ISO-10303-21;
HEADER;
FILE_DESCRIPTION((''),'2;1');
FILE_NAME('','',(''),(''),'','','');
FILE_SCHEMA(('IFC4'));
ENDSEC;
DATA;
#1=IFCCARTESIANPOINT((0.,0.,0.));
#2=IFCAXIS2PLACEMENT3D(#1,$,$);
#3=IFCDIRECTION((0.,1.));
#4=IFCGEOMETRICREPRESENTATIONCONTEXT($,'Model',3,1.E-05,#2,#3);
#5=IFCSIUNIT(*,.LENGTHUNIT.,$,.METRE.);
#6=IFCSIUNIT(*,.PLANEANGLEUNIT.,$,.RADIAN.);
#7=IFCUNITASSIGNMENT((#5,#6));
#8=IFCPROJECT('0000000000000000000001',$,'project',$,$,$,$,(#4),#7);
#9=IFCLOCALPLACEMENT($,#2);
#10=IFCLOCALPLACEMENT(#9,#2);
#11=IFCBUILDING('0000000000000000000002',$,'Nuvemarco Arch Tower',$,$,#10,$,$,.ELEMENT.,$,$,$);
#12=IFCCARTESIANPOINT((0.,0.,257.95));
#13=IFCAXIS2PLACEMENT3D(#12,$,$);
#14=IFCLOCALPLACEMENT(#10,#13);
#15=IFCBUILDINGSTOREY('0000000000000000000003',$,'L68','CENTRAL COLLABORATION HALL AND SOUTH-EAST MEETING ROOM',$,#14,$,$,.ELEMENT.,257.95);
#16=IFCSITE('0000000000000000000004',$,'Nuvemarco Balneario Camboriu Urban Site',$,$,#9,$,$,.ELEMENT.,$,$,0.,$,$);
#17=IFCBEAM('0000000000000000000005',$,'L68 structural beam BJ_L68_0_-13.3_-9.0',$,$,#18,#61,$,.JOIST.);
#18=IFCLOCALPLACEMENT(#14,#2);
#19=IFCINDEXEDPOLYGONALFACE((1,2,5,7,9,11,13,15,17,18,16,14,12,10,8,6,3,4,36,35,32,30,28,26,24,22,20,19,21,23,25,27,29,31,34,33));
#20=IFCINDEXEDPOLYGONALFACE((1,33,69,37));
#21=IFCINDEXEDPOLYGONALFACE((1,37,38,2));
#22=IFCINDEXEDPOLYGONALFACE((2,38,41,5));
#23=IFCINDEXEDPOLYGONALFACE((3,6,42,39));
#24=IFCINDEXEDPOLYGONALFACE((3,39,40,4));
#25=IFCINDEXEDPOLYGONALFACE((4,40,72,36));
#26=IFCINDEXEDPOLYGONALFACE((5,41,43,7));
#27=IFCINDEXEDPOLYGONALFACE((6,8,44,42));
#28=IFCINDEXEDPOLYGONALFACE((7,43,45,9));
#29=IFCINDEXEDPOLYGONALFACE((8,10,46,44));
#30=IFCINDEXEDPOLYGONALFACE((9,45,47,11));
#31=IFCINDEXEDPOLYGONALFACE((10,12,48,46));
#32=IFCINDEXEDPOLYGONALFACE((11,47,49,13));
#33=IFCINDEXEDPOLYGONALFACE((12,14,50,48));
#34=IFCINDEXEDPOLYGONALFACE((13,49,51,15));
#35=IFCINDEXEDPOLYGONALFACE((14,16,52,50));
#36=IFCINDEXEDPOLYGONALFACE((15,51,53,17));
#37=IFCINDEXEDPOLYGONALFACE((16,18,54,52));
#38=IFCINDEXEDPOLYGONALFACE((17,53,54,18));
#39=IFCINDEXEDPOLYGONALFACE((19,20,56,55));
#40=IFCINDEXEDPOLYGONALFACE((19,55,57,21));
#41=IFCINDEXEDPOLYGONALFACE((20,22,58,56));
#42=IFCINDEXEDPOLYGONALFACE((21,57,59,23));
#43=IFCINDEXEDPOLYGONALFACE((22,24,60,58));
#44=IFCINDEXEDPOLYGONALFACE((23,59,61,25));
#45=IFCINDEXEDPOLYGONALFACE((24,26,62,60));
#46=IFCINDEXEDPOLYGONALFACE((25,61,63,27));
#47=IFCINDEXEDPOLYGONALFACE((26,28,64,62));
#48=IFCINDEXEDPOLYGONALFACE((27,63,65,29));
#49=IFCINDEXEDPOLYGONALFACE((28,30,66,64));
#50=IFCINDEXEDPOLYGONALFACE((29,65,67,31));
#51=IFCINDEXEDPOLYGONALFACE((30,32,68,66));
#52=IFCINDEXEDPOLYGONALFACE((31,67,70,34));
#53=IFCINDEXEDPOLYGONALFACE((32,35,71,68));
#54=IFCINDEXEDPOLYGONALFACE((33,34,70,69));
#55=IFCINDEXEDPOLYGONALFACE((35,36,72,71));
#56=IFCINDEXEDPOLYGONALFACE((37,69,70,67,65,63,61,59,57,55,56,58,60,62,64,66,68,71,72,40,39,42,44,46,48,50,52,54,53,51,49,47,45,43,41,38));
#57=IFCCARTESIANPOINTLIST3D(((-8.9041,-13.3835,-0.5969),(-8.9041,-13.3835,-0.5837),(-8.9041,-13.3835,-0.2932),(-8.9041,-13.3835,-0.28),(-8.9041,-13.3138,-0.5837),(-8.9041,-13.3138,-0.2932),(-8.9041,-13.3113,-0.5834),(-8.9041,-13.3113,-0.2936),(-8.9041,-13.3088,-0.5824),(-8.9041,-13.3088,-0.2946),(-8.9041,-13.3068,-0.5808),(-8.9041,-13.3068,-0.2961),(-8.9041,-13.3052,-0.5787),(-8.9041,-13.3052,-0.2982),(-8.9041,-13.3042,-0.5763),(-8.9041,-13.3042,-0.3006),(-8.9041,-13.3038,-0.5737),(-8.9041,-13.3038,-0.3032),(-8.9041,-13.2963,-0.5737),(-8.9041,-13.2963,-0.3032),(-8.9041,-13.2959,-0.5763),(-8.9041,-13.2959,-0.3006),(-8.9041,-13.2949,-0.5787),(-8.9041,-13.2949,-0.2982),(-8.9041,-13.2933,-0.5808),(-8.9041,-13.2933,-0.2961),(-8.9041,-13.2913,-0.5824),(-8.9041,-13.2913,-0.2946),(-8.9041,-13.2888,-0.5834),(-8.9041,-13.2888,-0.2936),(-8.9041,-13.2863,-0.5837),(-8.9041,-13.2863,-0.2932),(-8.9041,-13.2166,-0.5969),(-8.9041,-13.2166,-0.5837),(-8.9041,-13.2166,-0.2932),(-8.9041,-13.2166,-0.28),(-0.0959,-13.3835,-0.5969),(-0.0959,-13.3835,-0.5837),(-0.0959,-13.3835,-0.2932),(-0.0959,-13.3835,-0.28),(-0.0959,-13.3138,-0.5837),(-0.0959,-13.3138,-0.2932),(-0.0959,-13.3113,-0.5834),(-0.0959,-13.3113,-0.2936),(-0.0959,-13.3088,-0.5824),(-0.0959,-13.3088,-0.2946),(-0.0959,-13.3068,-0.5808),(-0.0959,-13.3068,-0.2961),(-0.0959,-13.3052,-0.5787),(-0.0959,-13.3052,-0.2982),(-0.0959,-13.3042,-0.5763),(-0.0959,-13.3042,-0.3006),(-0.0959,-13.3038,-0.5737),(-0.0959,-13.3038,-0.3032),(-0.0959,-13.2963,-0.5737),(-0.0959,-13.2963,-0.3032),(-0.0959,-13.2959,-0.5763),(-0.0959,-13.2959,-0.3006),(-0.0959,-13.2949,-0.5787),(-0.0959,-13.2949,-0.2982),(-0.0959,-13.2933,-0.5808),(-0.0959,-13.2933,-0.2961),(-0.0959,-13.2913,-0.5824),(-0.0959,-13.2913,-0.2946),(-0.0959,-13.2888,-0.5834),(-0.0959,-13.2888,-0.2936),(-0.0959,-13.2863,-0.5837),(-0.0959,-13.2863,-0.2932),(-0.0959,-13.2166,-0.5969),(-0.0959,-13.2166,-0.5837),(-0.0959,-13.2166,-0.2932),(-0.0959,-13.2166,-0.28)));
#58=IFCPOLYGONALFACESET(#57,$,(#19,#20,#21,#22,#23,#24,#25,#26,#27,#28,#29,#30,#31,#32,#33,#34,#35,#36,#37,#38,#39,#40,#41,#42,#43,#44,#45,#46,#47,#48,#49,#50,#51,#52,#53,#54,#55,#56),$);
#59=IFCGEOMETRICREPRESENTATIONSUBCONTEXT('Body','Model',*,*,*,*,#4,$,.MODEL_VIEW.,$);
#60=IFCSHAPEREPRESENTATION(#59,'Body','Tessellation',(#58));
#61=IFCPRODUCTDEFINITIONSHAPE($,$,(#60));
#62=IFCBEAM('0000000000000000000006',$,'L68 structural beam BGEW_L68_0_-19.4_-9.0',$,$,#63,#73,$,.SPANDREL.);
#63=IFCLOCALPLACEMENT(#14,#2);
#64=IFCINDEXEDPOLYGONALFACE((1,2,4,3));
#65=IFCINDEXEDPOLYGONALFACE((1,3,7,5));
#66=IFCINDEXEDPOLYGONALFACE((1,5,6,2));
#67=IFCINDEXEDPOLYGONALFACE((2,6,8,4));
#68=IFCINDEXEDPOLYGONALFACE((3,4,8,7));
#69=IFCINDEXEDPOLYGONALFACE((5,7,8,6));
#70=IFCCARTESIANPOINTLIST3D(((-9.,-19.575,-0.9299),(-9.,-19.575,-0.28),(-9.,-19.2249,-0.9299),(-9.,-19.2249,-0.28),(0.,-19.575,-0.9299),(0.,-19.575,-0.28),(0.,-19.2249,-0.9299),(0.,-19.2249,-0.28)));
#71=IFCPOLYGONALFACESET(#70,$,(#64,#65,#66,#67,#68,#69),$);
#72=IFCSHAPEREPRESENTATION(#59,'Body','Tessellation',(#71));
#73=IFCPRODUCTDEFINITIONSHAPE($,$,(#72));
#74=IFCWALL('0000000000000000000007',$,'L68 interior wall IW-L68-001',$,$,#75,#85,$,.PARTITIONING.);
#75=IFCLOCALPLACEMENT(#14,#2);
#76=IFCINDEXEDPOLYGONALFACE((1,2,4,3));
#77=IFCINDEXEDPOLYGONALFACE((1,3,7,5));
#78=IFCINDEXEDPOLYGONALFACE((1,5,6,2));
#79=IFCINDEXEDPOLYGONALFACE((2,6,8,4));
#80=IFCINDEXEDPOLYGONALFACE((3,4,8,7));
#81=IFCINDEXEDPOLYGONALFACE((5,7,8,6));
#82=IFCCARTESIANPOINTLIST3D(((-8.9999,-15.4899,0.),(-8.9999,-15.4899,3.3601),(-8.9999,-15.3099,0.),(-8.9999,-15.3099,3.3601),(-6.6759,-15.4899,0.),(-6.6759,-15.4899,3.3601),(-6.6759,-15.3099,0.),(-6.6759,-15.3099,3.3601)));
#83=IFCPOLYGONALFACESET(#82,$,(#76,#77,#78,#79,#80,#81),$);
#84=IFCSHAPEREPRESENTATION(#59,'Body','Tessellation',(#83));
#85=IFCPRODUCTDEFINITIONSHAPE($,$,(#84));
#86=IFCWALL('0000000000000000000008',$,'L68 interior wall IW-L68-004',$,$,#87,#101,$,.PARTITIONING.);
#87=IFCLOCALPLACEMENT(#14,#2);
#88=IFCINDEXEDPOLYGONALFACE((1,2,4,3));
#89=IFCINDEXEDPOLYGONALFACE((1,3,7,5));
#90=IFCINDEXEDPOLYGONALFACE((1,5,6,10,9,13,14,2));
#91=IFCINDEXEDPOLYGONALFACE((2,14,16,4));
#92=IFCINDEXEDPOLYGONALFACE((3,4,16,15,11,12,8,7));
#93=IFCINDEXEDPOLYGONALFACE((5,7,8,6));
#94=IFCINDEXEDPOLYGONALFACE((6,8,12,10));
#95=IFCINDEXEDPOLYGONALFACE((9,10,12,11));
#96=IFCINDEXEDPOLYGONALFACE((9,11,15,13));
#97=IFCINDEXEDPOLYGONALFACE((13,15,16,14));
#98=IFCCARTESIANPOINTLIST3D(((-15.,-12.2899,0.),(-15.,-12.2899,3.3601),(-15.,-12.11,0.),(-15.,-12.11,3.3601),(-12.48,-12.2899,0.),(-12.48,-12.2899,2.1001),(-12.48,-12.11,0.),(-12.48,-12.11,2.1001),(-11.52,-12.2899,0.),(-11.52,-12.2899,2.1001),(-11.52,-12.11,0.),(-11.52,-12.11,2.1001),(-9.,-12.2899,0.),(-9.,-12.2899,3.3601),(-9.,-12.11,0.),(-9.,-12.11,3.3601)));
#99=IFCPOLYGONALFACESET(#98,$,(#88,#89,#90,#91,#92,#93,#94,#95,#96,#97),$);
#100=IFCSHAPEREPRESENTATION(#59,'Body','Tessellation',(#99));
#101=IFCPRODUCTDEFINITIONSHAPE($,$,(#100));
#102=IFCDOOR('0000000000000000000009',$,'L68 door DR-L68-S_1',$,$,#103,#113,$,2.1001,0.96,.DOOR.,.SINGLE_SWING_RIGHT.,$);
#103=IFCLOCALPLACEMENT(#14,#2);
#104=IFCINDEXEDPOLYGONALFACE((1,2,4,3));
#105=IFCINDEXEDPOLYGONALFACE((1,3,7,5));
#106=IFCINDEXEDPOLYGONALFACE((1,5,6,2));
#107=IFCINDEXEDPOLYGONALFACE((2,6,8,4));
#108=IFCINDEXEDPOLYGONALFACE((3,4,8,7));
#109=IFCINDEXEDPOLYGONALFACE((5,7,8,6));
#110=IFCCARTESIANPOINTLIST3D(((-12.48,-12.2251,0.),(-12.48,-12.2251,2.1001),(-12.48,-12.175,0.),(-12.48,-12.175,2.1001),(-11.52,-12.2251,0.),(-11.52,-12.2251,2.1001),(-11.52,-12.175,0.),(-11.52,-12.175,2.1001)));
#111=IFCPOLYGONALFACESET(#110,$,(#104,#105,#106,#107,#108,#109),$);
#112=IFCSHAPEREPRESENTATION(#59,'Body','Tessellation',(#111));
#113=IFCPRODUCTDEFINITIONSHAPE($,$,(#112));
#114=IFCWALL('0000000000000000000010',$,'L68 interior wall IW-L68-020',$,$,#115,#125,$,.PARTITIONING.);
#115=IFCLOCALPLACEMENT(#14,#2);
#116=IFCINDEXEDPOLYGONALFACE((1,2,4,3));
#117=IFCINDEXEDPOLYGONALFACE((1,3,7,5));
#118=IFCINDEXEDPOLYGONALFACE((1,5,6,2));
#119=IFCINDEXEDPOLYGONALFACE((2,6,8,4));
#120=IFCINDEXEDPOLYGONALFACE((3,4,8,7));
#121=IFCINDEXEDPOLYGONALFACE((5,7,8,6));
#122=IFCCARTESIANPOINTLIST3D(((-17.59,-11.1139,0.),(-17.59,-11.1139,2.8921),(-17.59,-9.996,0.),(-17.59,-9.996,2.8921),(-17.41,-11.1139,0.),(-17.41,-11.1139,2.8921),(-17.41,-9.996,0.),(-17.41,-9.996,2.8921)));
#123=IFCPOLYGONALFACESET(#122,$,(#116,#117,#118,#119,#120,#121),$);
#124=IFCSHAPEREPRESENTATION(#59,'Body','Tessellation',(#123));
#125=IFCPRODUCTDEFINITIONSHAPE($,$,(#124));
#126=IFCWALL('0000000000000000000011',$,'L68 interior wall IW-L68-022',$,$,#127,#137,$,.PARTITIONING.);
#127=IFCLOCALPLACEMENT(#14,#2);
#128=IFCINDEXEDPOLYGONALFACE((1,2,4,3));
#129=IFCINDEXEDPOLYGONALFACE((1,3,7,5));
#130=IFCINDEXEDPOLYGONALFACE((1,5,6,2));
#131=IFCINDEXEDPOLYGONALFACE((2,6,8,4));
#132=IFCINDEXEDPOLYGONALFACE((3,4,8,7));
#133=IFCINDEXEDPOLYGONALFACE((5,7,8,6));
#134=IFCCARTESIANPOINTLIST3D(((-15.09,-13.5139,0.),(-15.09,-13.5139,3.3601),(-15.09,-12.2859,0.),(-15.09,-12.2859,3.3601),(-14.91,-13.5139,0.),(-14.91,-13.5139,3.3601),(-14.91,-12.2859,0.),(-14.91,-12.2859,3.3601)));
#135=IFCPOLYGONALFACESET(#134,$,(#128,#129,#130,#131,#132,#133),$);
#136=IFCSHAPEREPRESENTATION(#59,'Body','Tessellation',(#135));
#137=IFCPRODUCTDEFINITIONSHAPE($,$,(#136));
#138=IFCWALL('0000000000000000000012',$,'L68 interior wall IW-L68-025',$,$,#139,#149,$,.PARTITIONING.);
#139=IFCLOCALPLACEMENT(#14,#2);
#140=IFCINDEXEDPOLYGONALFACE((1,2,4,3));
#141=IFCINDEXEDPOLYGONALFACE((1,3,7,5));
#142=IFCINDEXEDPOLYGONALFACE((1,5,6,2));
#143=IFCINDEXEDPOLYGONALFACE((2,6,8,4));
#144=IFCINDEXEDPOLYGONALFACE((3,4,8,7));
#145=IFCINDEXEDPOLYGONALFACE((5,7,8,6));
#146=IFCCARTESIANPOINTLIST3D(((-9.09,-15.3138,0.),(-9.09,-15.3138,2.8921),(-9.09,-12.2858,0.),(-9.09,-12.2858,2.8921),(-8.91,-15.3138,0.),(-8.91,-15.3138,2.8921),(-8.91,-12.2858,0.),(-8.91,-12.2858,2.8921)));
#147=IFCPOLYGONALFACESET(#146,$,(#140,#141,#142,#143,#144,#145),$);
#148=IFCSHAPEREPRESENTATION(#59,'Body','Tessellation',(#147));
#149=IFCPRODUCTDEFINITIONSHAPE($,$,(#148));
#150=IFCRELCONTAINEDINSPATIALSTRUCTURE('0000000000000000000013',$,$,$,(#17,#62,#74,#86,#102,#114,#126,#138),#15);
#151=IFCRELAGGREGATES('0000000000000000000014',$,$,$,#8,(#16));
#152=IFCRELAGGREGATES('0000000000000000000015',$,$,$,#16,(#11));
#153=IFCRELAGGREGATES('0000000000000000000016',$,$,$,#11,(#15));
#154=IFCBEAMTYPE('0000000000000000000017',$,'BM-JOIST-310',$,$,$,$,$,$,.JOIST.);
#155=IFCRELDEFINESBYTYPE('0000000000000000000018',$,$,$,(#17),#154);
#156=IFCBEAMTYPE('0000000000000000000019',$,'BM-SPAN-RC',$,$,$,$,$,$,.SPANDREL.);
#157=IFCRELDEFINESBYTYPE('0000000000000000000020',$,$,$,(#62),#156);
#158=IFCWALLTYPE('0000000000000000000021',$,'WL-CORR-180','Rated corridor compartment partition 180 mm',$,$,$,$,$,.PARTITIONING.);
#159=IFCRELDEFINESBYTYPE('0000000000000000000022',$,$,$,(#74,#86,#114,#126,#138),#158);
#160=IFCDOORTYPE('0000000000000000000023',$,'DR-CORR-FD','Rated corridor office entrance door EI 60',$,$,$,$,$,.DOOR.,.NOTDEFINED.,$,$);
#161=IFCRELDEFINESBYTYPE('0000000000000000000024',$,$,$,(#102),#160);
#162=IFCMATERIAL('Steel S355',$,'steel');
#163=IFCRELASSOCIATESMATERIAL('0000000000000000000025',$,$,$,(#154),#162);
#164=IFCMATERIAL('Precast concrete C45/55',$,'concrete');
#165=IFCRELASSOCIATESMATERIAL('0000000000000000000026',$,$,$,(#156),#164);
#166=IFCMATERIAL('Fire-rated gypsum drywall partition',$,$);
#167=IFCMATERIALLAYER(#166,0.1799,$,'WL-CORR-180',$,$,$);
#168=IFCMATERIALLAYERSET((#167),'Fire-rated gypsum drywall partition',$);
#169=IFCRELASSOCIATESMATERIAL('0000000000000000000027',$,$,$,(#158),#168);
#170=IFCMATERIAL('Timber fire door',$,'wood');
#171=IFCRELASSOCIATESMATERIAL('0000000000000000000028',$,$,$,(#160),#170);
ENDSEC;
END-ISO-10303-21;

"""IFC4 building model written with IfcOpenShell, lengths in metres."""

from ifc_helpers import new_model, si_unit, direction, frame, frame_2d, origin, origin_2d, place, context, subcontext, project, spatial, rectangle, i_section, extrude, source, transform, mapped, material, layer, layer_set, material_profile, profile_set, type_object, type_shapes, element, fill, save


model = new_model("IFC4")

# Units and contexts
model_context = context("Model", 3, precision=1e-05, world=origin(), true_north=direction((0.0, 1.0)))
body_context = subcontext(model_context, "Body", "Model", "MODEL_VIEW")
ifc_project = project(units=[si_unit("LENGTHUNIT", "METRE"), si_unit("PLANEANGLEUNIT", "RADIAN")], contexts=[model_context])

# Site, building, storey
site_placement = place(None, origin())
site = spatial("IfcSite", under=ifc_project, at=site_placement, Name="Nuvemarco Balneario Camboriu Urban Site", CompositionType="ELEMENT", RefElevation=0.0)
building_placement = place(site_placement, origin())
building = spatial("IfcBuilding", under=site, at=building_placement, Name="Nuvemarco Arch Tower", CompositionType="ELEMENT")
storey_placement = place(building_placement, frame((0.0, 0.0, 257.95)))
storey = spatial("IfcBuildingStorey", under=building, at=storey_placement, Name="L68", Description="CENTRAL COLLABORATION HALL AND SOUTH-EAST MEETING ROOM", CompositionType="ELEMENT", Elevation=257.95)

# Shared definitions
ifc_material_1 = material(Name="Steel S355", Category="steel")

# Beams
ifc_material_profile_1 = material_profile(ifc_material_1, i_section(OverallWidth=0.167, OverallDepth=0.3169, WebThickness=0.0076, FlangeThickness=0.0132, FilletRadius=0.01, at=origin_2d()), Name="W310x52")
ifc_profile_set_1 = profile_set([ifc_material_profile_1], Name="Steel S355")
beam_type_1 = type_object("IfcBeamType", Name="BM-JOIST-310", PredefinedType="JOIST", material=ifc_profile_set_1)
beam_1_placement = place(storey_placement, frame((-8.9041, -13.3, -0.4385), z_axis=(1.0, 0.0, 0.0), x_axis=(0.0, 1.0, 0.0)))
element("IfcBeam", 1, at=beam_1_placement, inside=storey, type_object=beam_type_1, Name="L68 structural beam BJ_L68_0_-13.3_-9.0", PredefinedType="JOIST", context=body_context, shape_type="SweptSolid", body=[
    extrude(i_section(OverallWidth=0.167, OverallDepth=0.3169, WebThickness=0.0076, FlangeThickness=0.0132, FilletRadius=0.01, at=origin_2d()), origin(), (0.0, 0.0, 1.0), 8.8081),
])
ifc_material_2 = material(Name="Precast concrete C45/55", Category="concrete")
ifc_material_profile_2 = material_profile(ifc_material_2, rectangle(XDim=0.3501, YDim=0.6499, at=origin_2d()), Name="PC-SP-350x650")
ifc_profile_set_2 = profile_set([ifc_material_profile_2], Name="Precast concrete C45/55")
beam_type_2 = type_object("IfcBeamType", Name="BM-SPAN-RC", PredefinedType="SPANDREL", material=ifc_profile_set_2)
beam_2_placement = place(storey_placement, frame((-9.0, -19.3999, -0.605), z_axis=(1.0, 0.0, 0.0), x_axis=(0.0, 1.0, 0.0)))
element("IfcBeam", 2, at=beam_2_placement, inside=storey, type_object=beam_type_2, Name="L68 structural beam BGEW_L68_0_-19.4_-9.0", PredefinedType="SPANDREL", context=body_context, shape_type="SweptSolid", body=[
    extrude(rectangle(XDim=0.3501, YDim=0.6499, at=origin_2d()), origin(), (0.0, 0.0, 1.0), 9.0),
])

# Wall
ifc_material_3 = material(Name="Fire-rated gypsum drywall partition")
ifc_layer = layer(ifc_material_3, 0.1799, Name="WL-CORR-180")
ifc_layer_set = layer_set([ifc_layer], Name="Fire-rated gypsum drywall partition")
wall_type = type_object("IfcWallType", Name="WL-CORR-180", Description="Rated corridor compartment partition 180 mm", PredefinedType="PARTITIONING", material=ifc_layer_set)
wall_1_placement = place(storey_placement, frame((-9.0, -15.3999, 0.0), z_axis=(0.0, 0.0, 1.0), x_axis=(1.0, 0.0, 0.0)))
element("IfcWall", 3, at=wall_1_placement, inside=storey, type_object=wall_type, Name="L68 interior wall IW-L68-001", PredefinedType="PARTITIONING", context=body_context, shape_type="SweptSolid", body=[
    extrude(rectangle(XDim=2.324, YDim=0.1799, at=frame_2d((1.1621, 0.0))), origin(), (0.0, 0.0, 1.0), 3.3601),
])

# Wall, opening, door
wall_2_placement = place(storey_placement, frame((-15.0, -12.2, 0.0), z_axis=(0.0, 0.0, 1.0), x_axis=(1.0, 0.0, 0.0)))
wall_2 = element("IfcWall", 4, at=wall_2_placement, inside=storey, type_object=wall_type, Name="L68 interior wall IW-L68-004", PredefinedType="PARTITIONING", context=body_context, shape_type="SweptSolid", body=[
    extrude(rectangle(XDim=6.0, YDim=0.1799, at=frame_2d((3.0, 0.0))), origin(), (0.0, 0.0, 1.0), 3.3601),
])
opening_1_placement = place(wall_2_placement, frame((2.52, 0.0, 0.0)))
opening_1 = element("IfcOpeningElement", 5, at=opening_1_placement, cuts=wall_2, PredefinedType="OPENING", context=body_context, shape_type="SweptSolid", body=[
    extrude(rectangle(XDim=0.96, YDim=2.1001, at=frame_2d((0.48, 1.05))), frame((0.0, 0.0999, 0.0), z_axis=(0.0, -1.0, 0.0), x_axis=(1.0, 0.0, 0.0)), (0.0, 0.0, 1.0), 0.2),
])
ifc_material_4 = material(Name="Timber fire door", Category="wood")
door_type = type_object("IfcDoorType", Name="DR-CORR-FD", Description="Rated corridor office entrance door EI 60", OperationType="NOTDEFINED", PredefinedType="DOOR", material=ifc_material_4)
shared_shape_1 = source(origin(), body_context, "Body", "SweptSolid", [
    extrude(rectangle(XDim=0.96, YDim=2.1001, at=frame_2d((0.48, 1.05))), frame((0.0, 0.0249, 0.0), z_axis=(0.0, -1.0, 0.0), x_axis=(1.0, 0.0, 0.0)), (0.0, 0.0, 1.0), 0.05),
])
type_shapes(door_type, [shared_shape_1])
door_1_placement = place(opening_1_placement, origin())
door_1 = element("IfcDoor", 6, at=door_1_placement, inside=storey, type_object=door_type, Name="L68 door DR-L68-S_1", OperationType="SINGLE_SWING_RIGHT", OverallHeight=2.1001, OverallWidth=0.96, PredefinedType="DOOR", context=body_context, shape_type="MappedRepresentation", body=[
    mapped(shared_shape_1, transform((0.0, 0.0, 0.0), scale=1.0)),
])
fill(opening_1, door_1)

# Walls
wall_3_placement = place(storey_placement, frame((-17.5, -11.114, 0.0), z_axis=(0.0, 0.0, 1.0), x_axis=(0.0, 1.0, 0.0)))
element("IfcWall", 7, at=wall_3_placement, inside=storey, type_object=wall_type, Name="L68 interior wall IW-L68-020", PredefinedType="PARTITIONING", context=body_context, shape_type="SweptSolid", body=[
    extrude(rectangle(XDim=1.1179, YDim=0.1799, at=frame_2d((0.5591, 0.0))), origin(), (0.0, 0.0, 1.0), 2.8921),
])
wall_4_placement = place(storey_placement, frame((-15.0, -13.5139, 0.0), z_axis=(0.0, 0.0, 1.0), x_axis=(0.0, 1.0, 0.0)))
element("IfcWall", 8, at=wall_4_placement, inside=storey, type_object=wall_type, Name="L68 interior wall IW-L68-022", PredefinedType="PARTITIONING", context=body_context, shape_type="SweptSolid", body=[
    extrude(rectangle(XDim=1.228, YDim=0.1799, at=frame_2d((0.614, 0.0))), origin(), (0.0, 0.0, 1.0), 3.3601),
])
wall_5_placement = place(storey_placement, frame((-9.0, -15.314, 0.0), z_axis=(0.0, 0.0, 1.0), x_axis=(0.0, 1.0, 0.0)))
element("IfcWall", 9, at=wall_5_placement, inside=storey, type_object=wall_type, Name="L68 interior wall IW-L68-025", PredefinedType="PARTITIONING", context=body_context, shape_type="SweptSolid", body=[
    extrude(rectangle(XDim=3.0281, YDim=0.1799, at=frame_2d((1.5142, 0.0))), origin(), (0.0, 0.0, 1.0), 2.8921),
])

save(model, "model.ifc")
